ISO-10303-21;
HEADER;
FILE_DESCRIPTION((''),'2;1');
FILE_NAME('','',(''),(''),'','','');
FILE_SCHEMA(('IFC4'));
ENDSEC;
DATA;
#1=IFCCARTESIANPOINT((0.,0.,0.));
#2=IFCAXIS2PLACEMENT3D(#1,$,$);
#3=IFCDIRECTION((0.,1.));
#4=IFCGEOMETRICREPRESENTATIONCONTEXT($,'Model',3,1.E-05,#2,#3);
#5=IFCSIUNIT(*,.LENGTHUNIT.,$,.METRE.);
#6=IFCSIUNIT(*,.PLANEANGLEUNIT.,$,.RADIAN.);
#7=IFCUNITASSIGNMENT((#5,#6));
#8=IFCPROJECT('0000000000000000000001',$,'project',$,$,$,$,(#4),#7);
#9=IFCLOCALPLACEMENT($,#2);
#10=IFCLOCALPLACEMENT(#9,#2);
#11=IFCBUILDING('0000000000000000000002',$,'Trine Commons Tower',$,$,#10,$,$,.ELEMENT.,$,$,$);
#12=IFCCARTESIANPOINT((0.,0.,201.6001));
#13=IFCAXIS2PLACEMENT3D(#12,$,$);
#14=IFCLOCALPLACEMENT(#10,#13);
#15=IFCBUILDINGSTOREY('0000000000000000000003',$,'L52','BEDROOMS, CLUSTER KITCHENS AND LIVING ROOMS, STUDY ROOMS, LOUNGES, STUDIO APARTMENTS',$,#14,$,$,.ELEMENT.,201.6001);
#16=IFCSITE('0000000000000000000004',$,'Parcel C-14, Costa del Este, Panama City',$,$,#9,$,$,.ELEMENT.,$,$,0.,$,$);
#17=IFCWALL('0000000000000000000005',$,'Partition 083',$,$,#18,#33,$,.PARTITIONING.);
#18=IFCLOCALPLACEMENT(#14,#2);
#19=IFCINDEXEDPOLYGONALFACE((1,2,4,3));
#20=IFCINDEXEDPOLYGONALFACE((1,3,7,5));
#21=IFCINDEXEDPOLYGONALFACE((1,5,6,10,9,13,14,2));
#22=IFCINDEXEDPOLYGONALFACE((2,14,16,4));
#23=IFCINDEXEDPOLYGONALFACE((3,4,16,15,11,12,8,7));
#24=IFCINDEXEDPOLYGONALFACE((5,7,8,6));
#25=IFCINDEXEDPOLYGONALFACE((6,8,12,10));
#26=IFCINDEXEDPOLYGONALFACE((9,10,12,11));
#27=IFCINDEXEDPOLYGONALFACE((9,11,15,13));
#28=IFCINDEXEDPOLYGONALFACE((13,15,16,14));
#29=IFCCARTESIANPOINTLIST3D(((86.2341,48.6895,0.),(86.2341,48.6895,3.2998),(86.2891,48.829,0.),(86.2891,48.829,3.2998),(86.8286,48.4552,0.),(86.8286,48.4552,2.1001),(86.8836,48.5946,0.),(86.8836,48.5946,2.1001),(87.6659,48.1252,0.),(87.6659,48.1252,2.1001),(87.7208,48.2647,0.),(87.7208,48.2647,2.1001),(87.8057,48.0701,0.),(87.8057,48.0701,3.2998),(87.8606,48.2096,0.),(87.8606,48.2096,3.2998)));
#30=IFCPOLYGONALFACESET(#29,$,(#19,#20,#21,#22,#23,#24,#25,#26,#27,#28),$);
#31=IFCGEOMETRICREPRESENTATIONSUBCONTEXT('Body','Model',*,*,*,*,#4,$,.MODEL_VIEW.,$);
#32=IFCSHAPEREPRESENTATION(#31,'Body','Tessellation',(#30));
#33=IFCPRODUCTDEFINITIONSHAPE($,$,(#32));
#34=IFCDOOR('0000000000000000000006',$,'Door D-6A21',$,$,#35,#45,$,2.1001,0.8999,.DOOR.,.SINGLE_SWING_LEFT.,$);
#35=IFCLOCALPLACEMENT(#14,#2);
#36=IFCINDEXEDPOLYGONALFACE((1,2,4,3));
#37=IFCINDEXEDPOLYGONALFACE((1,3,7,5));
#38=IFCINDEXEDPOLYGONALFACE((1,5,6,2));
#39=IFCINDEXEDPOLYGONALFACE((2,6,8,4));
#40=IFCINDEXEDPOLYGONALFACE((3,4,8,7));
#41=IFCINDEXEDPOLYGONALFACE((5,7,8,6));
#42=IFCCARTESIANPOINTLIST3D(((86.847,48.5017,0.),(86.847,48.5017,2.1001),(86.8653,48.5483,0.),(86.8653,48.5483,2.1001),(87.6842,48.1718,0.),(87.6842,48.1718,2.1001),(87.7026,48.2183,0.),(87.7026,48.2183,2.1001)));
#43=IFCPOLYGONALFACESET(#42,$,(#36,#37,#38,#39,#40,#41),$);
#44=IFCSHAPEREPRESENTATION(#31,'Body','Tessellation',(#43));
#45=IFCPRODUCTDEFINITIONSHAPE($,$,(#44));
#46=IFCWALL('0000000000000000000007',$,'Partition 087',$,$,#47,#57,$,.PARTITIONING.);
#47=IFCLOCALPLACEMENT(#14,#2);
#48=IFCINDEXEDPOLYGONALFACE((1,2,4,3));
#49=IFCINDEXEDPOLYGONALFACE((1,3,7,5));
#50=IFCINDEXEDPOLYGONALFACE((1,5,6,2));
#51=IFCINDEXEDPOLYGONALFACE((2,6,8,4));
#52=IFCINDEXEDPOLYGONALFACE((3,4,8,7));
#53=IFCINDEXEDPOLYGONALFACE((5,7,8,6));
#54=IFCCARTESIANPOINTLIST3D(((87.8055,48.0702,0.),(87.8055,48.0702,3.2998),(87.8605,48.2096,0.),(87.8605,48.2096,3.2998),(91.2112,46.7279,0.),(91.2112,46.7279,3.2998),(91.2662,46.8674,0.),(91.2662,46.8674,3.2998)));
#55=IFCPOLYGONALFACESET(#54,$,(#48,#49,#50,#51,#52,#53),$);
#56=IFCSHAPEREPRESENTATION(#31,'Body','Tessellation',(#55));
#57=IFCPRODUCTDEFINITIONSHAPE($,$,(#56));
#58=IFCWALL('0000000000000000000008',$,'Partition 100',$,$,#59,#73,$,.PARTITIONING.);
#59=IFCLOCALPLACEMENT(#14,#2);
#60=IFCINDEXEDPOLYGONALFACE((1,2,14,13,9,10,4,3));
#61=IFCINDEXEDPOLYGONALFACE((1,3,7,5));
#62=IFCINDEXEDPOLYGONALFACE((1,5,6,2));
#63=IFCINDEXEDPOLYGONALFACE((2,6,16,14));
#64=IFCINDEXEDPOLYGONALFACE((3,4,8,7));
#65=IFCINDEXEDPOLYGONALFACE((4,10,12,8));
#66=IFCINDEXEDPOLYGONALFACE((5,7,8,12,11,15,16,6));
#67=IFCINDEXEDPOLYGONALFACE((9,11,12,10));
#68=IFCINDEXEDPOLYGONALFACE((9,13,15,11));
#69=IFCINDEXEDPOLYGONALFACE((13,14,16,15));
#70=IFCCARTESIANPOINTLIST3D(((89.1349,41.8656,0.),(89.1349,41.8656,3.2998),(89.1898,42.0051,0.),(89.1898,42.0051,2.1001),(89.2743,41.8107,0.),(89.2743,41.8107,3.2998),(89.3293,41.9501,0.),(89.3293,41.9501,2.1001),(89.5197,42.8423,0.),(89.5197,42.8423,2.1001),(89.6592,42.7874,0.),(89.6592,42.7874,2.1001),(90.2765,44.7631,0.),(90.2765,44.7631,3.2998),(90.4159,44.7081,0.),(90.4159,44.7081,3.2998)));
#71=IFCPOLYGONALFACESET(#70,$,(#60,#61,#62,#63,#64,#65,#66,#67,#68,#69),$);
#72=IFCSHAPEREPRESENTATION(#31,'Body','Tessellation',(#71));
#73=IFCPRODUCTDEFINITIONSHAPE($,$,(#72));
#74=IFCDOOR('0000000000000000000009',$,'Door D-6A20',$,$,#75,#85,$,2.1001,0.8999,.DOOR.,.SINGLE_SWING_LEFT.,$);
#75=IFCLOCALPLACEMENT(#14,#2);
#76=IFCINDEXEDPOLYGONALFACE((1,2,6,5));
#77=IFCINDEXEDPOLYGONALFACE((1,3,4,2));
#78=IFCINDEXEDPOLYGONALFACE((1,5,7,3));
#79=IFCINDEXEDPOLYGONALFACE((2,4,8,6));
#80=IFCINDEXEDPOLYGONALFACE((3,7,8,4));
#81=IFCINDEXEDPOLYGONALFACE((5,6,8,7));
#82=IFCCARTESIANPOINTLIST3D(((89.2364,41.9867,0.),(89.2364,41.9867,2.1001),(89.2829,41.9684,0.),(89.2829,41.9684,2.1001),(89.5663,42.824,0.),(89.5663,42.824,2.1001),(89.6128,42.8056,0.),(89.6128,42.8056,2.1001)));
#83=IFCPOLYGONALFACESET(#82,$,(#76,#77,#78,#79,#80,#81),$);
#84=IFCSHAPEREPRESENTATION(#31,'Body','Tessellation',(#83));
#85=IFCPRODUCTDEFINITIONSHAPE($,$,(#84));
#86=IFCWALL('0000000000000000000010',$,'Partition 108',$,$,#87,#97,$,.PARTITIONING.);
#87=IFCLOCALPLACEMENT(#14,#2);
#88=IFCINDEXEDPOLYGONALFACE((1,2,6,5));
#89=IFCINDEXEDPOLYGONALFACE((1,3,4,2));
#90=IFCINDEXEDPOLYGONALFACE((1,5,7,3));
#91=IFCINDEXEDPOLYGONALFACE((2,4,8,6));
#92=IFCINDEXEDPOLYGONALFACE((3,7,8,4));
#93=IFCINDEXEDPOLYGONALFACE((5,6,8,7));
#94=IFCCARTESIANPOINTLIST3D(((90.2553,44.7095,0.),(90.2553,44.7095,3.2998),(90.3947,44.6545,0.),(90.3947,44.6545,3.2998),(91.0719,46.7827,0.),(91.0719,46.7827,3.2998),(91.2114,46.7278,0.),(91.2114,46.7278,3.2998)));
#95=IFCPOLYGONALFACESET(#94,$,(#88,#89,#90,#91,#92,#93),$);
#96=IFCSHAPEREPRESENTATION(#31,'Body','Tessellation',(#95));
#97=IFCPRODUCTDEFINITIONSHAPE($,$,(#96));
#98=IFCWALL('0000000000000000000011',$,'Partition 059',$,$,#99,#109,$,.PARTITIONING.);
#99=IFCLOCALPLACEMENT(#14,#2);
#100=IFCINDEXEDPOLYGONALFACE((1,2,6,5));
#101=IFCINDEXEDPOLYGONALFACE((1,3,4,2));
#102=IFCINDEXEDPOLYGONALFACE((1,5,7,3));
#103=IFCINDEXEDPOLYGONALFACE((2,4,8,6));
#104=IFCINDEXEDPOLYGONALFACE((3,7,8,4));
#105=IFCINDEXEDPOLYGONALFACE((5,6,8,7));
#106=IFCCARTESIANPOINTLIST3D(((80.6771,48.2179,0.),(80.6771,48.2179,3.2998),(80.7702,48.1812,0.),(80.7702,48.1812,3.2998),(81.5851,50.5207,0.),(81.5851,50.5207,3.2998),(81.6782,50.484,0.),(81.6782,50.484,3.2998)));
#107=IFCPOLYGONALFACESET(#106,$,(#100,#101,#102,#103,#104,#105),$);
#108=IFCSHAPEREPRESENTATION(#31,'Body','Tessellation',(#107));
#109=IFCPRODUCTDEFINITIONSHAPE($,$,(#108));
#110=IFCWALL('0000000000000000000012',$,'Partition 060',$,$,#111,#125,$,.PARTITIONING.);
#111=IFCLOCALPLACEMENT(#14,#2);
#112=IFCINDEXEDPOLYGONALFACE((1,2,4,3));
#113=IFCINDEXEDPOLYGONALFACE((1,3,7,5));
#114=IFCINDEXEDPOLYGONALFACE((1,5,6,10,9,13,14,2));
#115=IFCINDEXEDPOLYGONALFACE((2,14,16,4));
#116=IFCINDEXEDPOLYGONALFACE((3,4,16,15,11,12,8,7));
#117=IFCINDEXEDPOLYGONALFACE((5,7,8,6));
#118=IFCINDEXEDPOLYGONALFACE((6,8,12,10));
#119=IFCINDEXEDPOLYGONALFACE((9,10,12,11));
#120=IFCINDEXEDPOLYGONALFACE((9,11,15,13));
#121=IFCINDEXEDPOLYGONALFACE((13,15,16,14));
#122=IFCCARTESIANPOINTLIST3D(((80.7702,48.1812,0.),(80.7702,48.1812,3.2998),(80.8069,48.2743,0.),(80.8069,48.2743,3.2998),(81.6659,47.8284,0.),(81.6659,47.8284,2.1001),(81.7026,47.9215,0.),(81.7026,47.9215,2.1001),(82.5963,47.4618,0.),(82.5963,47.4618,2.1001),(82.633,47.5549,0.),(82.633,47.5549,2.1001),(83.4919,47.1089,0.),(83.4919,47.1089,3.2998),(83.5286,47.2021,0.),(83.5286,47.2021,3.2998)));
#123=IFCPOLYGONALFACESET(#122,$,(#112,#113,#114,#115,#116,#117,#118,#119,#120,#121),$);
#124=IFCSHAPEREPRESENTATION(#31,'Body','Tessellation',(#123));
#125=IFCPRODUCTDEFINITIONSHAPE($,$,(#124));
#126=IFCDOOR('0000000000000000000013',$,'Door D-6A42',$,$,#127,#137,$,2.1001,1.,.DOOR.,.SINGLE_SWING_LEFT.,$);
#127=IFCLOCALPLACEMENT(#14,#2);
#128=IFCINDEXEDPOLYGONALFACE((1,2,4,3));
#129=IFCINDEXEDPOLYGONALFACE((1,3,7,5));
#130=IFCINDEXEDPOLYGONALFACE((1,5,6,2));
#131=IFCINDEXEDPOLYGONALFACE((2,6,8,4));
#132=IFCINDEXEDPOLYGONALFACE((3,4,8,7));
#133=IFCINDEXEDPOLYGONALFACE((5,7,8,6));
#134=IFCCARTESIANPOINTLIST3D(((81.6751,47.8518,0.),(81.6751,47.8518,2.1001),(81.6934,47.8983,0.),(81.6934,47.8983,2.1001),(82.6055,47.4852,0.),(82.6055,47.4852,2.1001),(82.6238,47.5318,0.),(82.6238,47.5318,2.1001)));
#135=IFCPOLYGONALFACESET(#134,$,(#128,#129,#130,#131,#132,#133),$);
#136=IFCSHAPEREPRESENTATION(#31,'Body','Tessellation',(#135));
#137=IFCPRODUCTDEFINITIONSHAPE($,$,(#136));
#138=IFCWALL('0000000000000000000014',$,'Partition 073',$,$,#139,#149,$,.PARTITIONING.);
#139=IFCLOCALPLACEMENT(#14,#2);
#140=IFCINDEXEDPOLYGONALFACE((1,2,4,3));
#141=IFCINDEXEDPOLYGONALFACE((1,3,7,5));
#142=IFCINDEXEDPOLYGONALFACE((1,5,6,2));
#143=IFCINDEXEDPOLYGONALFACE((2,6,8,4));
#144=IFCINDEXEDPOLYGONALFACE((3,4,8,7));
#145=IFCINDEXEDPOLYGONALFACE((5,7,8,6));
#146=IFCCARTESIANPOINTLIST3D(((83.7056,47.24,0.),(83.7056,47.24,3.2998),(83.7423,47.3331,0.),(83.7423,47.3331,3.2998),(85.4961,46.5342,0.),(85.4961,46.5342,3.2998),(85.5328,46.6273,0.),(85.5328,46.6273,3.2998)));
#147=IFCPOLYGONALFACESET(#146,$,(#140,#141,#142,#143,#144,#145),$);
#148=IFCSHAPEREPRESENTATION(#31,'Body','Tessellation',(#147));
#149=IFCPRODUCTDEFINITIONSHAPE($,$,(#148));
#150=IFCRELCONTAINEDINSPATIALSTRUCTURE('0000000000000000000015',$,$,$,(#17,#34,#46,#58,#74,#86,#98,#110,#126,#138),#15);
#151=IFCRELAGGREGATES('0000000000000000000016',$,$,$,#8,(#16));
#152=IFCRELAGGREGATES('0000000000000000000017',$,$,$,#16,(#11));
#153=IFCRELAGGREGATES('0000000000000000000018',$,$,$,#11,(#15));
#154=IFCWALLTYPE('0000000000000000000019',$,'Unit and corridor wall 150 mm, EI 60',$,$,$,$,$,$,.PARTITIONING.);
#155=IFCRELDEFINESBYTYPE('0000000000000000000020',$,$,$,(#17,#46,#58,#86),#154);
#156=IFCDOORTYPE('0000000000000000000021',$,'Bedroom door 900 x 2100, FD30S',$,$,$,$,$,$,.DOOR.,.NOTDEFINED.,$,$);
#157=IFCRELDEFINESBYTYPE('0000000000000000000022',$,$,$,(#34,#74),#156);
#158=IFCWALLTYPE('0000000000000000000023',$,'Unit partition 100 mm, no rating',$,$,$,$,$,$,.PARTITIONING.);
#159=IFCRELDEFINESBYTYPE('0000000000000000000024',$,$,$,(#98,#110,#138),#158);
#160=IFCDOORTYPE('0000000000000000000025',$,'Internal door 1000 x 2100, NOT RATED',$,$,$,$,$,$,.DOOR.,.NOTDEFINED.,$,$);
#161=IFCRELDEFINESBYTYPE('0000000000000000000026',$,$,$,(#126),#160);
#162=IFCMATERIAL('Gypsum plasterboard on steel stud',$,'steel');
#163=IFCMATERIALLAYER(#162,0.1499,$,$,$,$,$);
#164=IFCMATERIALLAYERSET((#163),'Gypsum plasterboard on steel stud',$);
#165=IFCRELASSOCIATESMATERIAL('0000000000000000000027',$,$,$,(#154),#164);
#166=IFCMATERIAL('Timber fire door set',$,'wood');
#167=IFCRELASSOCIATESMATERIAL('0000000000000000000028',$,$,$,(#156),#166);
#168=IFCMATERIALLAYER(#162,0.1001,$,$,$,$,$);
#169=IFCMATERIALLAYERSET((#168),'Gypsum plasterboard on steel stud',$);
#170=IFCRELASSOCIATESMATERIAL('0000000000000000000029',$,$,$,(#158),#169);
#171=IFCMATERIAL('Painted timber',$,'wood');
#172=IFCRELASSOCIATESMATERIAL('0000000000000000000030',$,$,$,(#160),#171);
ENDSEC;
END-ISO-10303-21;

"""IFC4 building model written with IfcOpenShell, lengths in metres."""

from ifc_helpers import new_model, si_unit, direction, frame, frame_2d, origin, place, context, subcontext, project, spatial, rectangle, extrude, material, layer, layer_set, type_object, element, fill, save


model = new_model("IFC4")

# Units and contexts
model_context = context("Model", 3, precision=1e-05, world=origin(), true_north=direction((0.0, 1.0)))
body_context = subcontext(model_context, "Body", "Model", "MODEL_VIEW")
ifc_project = project(units=[si_unit("LENGTHUNIT", "METRE"), si_unit("PLANEANGLEUNIT", "RADIAN")], contexts=[model_context])

# Site, building, storey
site_placement = place(None, origin())
site = spatial("IfcSite", under=ifc_project, at=site_placement, Name="Parcel C-14, Costa del Este, Panama City", CompositionType="ELEMENT", RefElevation=0.0)
building_placement = place(site_placement, origin())
building = spatial("IfcBuilding", under=site, at=building_placement, Name="Trine Commons Tower", CompositionType="ELEMENT")
storey_placement = place(building_placement, frame((0.0, 0.0, 201.6001)))
storey = spatial("IfcBuildingStorey", under=building, at=storey_placement, Name="L52", Description="BEDROOMS, CLUSTER KITCHENS AND LIVING ROOMS, STUDY ROOMS, LOUNGES, STUDIO APARTMENTS", CompositionType="ELEMENT", Elevation=201.6001)

# Shared definitions
ifc_material_1 = material(Name="Gypsum plasterboard on steel stud", Category="steel")
ifc_layer_1 = layer(ifc_material_1, 0.1499)
ifc_layer_set_1 = layer_set([ifc_layer_1], Name="Gypsum plasterboard on steel stud")
wall_type_1 = type_object("IfcWallType", Name="Unit and corridor wall 150 mm, EI 60", PredefinedType="PARTITIONING", material=ifc_layer_set_1)

# Wall, opening, door
ifc_material_2 = material(Name="Timber fire door set", Category="wood")
wall_1_placement = place(storey_placement, frame((86.2615, 48.7593, 0.0), z_axis=(0.0, 0.0, 1.0), x_axis=(0.930349, -0.366676, 0.0)))
wall_1 = element("IfcWall", 1, at=wall_1_placement, inside=storey, type_object=wall_type_1, Name="Partition 083", PredefinedType="PARTITIONING", context=body_context, shape_type="SweptSolid", body=[
    extrude(rectangle(XDim=1.6892, YDim=0.1499, at=frame_2d((0.8447, 0.0))), origin(), (0.0, 0.0, 1.0), 3.2998),
])
opening_1_placement = place(wall_1_placement, frame((0.6392, 0.0, 0.0)))
opening_1 = element("IfcOpeningElement", 2, at=opening_1_placement, cuts=wall_1, PredefinedType="OPENING", context=body_context, shape_type="SweptSolid", body=[
    extrude(rectangle(XDim=0.8999, YDim=2.1001, at=frame_2d((0.45, 1.05))), frame((0.0, 0.085, 0.0), z_axis=(0.0, -1.0, 0.0), x_axis=(1.0, 0.0, 0.0)), (0.0, 0.0, 1.0), 0.1699),
])
door_type_1 = type_object("IfcDoorType", Name="Bedroom door 900 x 2100, FD30S", OperationType="NOTDEFINED", PredefinedType="DOOR", material=ifc_material_2)
door_1_placement = place(opening_1_placement, frame((0.8999, 0.0, 0.0), z_axis=(0.0, 0.0, 1.0), x_axis=(-1.0, 0.0, 0.0)))
door_1 = element("IfcDoor", 3, at=door_1_placement, inside=storey, type_object=door_type_1, Name="Door D-6A21", OperationType="SINGLE_SWING_LEFT", OverallHeight=2.1001, OverallWidth=0.8999, PredefinedType="DOOR", context=body_context, shape_type="SweptSolid", body=[
    extrude(rectangle(XDim=0.8999, YDim=2.1001, at=frame_2d((0.45, 1.05))), frame((0.0, 0.0249, 0.0), z_axis=(0.0, -1.0, 0.0), x_axis=(1.0, 0.0, 0.0)), (0.0, 0.0, 1.0), 0.05),
])
fill(opening_1, door_1)

# Wall
wall_2_placement = place(storey_placement, frame((87.833, 48.1399, 0.0), z_axis=(0.0, 0.0, 1.0), x_axis=(0.93035, -0.366671, 0.0)))
element("IfcWall", 4, at=wall_2_placement, inside=storey, type_object=wall_type_1, Name="Partition 087", PredefinedType="PARTITIONING", context=body_context, shape_type="SweptSolid", body=[
    extrude(rectangle(XDim=3.6606, YDim=0.1499, at=frame_2d((1.8303, 0.0))), origin(), (0.0, 0.0, 1.0), 3.2998),
])

# Wall, opening, door
wall_3_placement = place(storey_placement, frame((89.2046, 41.8381, 0.0), z_axis=(0.0, 0.0, 1.0), x_axis=(0.366574, 0.930389, 0.0)))
wall_3 = element("IfcWall", 5, at=wall_3_placement, inside=storey, type_object=wall_type_1, Name="Partition 100", PredefinedType="PARTITIONING", context=body_context, shape_type="SweptSolid", body=[
    extrude(rectangle(XDim=3.1143, YDim=0.1499, at=frame_2d((1.5571, 0.0))), origin(), (0.0, 0.0, 1.0), 3.2998),
])
opening_2_placement = place(wall_3_placement, frame((0.1499, 0.0, 0.0)))
opening_2 = element("IfcOpeningElement", 6, at=opening_2_placement, cuts=wall_3, PredefinedType="OPENING", context=body_context, shape_type="SweptSolid", body=[
    extrude(rectangle(XDim=0.8999, YDim=2.1001, at=frame_2d((0.45, 1.05))), frame((0.0, 0.085, 0.0), z_axis=(0.0, -1.0, 0.0), x_axis=(1.0, 0.0, 0.0)), (0.0, 0.0, 1.0), 0.1699),
])
door_2_placement = place(opening_2_placement, origin())
door_2 = element("IfcDoor", 7, at=door_2_placement, inside=storey, type_object=door_type_1, Name="Door D-6A20", OperationType="SINGLE_SWING_LEFT", OverallHeight=2.1001, OverallWidth=0.8999, PredefinedType="DOOR", context=body_context, shape_type="SweptSolid", body=[
    extrude(rectangle(XDim=0.8999, YDim=2.1001, at=frame_2d((0.45, 1.05))), frame((0.0, 0.0249, 0.0), z_axis=(0.0, -1.0, 0.0), x_axis=(1.0, 0.0, 0.0)), (0.0, 0.0, 1.0), 0.05),
])
fill(opening_2, door_2)

# Walls
wall_4_placement = place(storey_placement, frame((90.325, 44.6819, 0.0), z_axis=(0.0, 0.0, 1.0), x_axis=(0.366493, 0.930421, 0.0)))
element("IfcWall", 8, at=wall_4_placement, inside=storey, type_object=wall_type_1, Name="Partition 108", PredefinedType="PARTITIONING", context=body_context, shape_type="SweptSolid", body=[
    extrude(rectangle(XDim=2.2283, YDim=0.1499, at=frame_2d((1.1143, 0.0))), origin(), (0.0, 0.0, 1.0), 3.2998),
])
ifc_layer_2 = layer(ifc_material_1, 0.1001)
ifc_layer_set_2 = layer_set([ifc_layer_2], Name="Gypsum plasterboard on steel stud")
wall_type_2 = type_object("IfcWallType", Name="Unit partition 100 mm, no rating", PredefinedType="PARTITIONING", material=ifc_layer_set_2)
wall_5_placement = place(storey_placement, frame((80.7236, 48.1995, 0.0), z_axis=(0.0, 0.0, 1.0), x_axis=(0.366812, 0.930295, 0.0)))
element("IfcWall", 9, at=wall_5_placement, inside=storey, type_object=wall_type_2, Name="Partition 059", PredefinedType="PARTITIONING", context=body_context, shape_type="SweptSolid", body=[
    extrude(rectangle(XDim=2.4753, YDim=0.1001, at=frame_2d((1.2378, 0.0))), origin(), (0.0, 0.0, 1.0), 3.2998),
])

# Wall, opening, door
wall_6_placement = place(storey_placement, frame((80.7886, 48.2278, 0.0), z_axis=(0.0, 0.0, 1.0), x_axis=(0.930398, -0.366551, 0.0)))
wall_6 = element("IfcWall", 10, at=wall_6_placement, inside=storey, type_object=wall_type_2, Name="Partition 060", PredefinedType="PARTITIONING", context=body_context, shape_type="SweptSolid", body=[
    extrude(rectangle(XDim=2.9253, YDim=0.1001, at=frame_2d((1.4626, 0.0))), origin(), (0.0, 0.0, 1.0), 3.2998),
])
opening_3_placement = place(wall_6_placement, frame((0.9626, 0.0, 0.0)))
opening_3 = element("IfcOpeningElement", 11, at=opening_3_placement, cuts=wall_6, PredefinedType="OPENING", context=body_context, shape_type="SweptSolid", body=[
    extrude(rectangle(XDim=1.0, YDim=2.1001, at=frame_2d((0.5, 1.05))), frame((0.0, 0.0601, 0.0), z_axis=(0.0, -1.0, 0.0), x_axis=(1.0, 0.0, 0.0)), (0.0, 0.0, 1.0), 0.1201),
])
ifc_material_3 = material(Name="Painted timber", Category="wood")
door_type_2 = type_object("IfcDoorType", Name="Internal door 1000 x 2100, NOT RATED", OperationType="NOTDEFINED", PredefinedType="DOOR", material=ifc_material_3)
door_3_placement = place(opening_3_placement, frame((1.0, 0.0, 0.0), z_axis=(0.0, 0.0, 1.0), x_axis=(-1.0, 0.0, 0.0)))
door_3 = element("IfcDoor", 12, at=door_3_placement, inside=storey, type_object=door_type_2, Name="Door D-6A42", OperationType="SINGLE_SWING_LEFT", OverallHeight=2.1001, OverallWidth=1.0, PredefinedType="DOOR", context=body_context, shape_type="SweptSolid", body=[
    extrude(rectangle(XDim=1.0, YDim=2.1001, at=frame_2d((0.5, 1.05))), frame((0.0, 0.0249, 0.0), z_axis=(0.0, -1.0, 0.0), x_axis=(1.0, 0.0, 0.0)), (0.0, 0.0, 1.0), 0.05),
])
fill(opening_3, door_3)

# Wall
wall_7_placement = place(storey_placement, frame((83.7239, 47.2866, 0.0), z_axis=(0.0, 0.0, 1.0), x_axis=(0.930328, -0.366727, 0.0)))
element("IfcWall", 13, at=wall_7_placement, inside=storey, type_object=wall_type_2, Name="Partition 073", PredefinedType="PARTITIONING", context=body_context, shape_type="SweptSolid", body=[
    extrude(rectangle(XDim=1.9246, YDim=0.1001, at=frame_2d((0.9624, 0.0))), origin(), (0.0, 0.0, 1.0), 3.2998),
])

save(model, "model.ifc")
